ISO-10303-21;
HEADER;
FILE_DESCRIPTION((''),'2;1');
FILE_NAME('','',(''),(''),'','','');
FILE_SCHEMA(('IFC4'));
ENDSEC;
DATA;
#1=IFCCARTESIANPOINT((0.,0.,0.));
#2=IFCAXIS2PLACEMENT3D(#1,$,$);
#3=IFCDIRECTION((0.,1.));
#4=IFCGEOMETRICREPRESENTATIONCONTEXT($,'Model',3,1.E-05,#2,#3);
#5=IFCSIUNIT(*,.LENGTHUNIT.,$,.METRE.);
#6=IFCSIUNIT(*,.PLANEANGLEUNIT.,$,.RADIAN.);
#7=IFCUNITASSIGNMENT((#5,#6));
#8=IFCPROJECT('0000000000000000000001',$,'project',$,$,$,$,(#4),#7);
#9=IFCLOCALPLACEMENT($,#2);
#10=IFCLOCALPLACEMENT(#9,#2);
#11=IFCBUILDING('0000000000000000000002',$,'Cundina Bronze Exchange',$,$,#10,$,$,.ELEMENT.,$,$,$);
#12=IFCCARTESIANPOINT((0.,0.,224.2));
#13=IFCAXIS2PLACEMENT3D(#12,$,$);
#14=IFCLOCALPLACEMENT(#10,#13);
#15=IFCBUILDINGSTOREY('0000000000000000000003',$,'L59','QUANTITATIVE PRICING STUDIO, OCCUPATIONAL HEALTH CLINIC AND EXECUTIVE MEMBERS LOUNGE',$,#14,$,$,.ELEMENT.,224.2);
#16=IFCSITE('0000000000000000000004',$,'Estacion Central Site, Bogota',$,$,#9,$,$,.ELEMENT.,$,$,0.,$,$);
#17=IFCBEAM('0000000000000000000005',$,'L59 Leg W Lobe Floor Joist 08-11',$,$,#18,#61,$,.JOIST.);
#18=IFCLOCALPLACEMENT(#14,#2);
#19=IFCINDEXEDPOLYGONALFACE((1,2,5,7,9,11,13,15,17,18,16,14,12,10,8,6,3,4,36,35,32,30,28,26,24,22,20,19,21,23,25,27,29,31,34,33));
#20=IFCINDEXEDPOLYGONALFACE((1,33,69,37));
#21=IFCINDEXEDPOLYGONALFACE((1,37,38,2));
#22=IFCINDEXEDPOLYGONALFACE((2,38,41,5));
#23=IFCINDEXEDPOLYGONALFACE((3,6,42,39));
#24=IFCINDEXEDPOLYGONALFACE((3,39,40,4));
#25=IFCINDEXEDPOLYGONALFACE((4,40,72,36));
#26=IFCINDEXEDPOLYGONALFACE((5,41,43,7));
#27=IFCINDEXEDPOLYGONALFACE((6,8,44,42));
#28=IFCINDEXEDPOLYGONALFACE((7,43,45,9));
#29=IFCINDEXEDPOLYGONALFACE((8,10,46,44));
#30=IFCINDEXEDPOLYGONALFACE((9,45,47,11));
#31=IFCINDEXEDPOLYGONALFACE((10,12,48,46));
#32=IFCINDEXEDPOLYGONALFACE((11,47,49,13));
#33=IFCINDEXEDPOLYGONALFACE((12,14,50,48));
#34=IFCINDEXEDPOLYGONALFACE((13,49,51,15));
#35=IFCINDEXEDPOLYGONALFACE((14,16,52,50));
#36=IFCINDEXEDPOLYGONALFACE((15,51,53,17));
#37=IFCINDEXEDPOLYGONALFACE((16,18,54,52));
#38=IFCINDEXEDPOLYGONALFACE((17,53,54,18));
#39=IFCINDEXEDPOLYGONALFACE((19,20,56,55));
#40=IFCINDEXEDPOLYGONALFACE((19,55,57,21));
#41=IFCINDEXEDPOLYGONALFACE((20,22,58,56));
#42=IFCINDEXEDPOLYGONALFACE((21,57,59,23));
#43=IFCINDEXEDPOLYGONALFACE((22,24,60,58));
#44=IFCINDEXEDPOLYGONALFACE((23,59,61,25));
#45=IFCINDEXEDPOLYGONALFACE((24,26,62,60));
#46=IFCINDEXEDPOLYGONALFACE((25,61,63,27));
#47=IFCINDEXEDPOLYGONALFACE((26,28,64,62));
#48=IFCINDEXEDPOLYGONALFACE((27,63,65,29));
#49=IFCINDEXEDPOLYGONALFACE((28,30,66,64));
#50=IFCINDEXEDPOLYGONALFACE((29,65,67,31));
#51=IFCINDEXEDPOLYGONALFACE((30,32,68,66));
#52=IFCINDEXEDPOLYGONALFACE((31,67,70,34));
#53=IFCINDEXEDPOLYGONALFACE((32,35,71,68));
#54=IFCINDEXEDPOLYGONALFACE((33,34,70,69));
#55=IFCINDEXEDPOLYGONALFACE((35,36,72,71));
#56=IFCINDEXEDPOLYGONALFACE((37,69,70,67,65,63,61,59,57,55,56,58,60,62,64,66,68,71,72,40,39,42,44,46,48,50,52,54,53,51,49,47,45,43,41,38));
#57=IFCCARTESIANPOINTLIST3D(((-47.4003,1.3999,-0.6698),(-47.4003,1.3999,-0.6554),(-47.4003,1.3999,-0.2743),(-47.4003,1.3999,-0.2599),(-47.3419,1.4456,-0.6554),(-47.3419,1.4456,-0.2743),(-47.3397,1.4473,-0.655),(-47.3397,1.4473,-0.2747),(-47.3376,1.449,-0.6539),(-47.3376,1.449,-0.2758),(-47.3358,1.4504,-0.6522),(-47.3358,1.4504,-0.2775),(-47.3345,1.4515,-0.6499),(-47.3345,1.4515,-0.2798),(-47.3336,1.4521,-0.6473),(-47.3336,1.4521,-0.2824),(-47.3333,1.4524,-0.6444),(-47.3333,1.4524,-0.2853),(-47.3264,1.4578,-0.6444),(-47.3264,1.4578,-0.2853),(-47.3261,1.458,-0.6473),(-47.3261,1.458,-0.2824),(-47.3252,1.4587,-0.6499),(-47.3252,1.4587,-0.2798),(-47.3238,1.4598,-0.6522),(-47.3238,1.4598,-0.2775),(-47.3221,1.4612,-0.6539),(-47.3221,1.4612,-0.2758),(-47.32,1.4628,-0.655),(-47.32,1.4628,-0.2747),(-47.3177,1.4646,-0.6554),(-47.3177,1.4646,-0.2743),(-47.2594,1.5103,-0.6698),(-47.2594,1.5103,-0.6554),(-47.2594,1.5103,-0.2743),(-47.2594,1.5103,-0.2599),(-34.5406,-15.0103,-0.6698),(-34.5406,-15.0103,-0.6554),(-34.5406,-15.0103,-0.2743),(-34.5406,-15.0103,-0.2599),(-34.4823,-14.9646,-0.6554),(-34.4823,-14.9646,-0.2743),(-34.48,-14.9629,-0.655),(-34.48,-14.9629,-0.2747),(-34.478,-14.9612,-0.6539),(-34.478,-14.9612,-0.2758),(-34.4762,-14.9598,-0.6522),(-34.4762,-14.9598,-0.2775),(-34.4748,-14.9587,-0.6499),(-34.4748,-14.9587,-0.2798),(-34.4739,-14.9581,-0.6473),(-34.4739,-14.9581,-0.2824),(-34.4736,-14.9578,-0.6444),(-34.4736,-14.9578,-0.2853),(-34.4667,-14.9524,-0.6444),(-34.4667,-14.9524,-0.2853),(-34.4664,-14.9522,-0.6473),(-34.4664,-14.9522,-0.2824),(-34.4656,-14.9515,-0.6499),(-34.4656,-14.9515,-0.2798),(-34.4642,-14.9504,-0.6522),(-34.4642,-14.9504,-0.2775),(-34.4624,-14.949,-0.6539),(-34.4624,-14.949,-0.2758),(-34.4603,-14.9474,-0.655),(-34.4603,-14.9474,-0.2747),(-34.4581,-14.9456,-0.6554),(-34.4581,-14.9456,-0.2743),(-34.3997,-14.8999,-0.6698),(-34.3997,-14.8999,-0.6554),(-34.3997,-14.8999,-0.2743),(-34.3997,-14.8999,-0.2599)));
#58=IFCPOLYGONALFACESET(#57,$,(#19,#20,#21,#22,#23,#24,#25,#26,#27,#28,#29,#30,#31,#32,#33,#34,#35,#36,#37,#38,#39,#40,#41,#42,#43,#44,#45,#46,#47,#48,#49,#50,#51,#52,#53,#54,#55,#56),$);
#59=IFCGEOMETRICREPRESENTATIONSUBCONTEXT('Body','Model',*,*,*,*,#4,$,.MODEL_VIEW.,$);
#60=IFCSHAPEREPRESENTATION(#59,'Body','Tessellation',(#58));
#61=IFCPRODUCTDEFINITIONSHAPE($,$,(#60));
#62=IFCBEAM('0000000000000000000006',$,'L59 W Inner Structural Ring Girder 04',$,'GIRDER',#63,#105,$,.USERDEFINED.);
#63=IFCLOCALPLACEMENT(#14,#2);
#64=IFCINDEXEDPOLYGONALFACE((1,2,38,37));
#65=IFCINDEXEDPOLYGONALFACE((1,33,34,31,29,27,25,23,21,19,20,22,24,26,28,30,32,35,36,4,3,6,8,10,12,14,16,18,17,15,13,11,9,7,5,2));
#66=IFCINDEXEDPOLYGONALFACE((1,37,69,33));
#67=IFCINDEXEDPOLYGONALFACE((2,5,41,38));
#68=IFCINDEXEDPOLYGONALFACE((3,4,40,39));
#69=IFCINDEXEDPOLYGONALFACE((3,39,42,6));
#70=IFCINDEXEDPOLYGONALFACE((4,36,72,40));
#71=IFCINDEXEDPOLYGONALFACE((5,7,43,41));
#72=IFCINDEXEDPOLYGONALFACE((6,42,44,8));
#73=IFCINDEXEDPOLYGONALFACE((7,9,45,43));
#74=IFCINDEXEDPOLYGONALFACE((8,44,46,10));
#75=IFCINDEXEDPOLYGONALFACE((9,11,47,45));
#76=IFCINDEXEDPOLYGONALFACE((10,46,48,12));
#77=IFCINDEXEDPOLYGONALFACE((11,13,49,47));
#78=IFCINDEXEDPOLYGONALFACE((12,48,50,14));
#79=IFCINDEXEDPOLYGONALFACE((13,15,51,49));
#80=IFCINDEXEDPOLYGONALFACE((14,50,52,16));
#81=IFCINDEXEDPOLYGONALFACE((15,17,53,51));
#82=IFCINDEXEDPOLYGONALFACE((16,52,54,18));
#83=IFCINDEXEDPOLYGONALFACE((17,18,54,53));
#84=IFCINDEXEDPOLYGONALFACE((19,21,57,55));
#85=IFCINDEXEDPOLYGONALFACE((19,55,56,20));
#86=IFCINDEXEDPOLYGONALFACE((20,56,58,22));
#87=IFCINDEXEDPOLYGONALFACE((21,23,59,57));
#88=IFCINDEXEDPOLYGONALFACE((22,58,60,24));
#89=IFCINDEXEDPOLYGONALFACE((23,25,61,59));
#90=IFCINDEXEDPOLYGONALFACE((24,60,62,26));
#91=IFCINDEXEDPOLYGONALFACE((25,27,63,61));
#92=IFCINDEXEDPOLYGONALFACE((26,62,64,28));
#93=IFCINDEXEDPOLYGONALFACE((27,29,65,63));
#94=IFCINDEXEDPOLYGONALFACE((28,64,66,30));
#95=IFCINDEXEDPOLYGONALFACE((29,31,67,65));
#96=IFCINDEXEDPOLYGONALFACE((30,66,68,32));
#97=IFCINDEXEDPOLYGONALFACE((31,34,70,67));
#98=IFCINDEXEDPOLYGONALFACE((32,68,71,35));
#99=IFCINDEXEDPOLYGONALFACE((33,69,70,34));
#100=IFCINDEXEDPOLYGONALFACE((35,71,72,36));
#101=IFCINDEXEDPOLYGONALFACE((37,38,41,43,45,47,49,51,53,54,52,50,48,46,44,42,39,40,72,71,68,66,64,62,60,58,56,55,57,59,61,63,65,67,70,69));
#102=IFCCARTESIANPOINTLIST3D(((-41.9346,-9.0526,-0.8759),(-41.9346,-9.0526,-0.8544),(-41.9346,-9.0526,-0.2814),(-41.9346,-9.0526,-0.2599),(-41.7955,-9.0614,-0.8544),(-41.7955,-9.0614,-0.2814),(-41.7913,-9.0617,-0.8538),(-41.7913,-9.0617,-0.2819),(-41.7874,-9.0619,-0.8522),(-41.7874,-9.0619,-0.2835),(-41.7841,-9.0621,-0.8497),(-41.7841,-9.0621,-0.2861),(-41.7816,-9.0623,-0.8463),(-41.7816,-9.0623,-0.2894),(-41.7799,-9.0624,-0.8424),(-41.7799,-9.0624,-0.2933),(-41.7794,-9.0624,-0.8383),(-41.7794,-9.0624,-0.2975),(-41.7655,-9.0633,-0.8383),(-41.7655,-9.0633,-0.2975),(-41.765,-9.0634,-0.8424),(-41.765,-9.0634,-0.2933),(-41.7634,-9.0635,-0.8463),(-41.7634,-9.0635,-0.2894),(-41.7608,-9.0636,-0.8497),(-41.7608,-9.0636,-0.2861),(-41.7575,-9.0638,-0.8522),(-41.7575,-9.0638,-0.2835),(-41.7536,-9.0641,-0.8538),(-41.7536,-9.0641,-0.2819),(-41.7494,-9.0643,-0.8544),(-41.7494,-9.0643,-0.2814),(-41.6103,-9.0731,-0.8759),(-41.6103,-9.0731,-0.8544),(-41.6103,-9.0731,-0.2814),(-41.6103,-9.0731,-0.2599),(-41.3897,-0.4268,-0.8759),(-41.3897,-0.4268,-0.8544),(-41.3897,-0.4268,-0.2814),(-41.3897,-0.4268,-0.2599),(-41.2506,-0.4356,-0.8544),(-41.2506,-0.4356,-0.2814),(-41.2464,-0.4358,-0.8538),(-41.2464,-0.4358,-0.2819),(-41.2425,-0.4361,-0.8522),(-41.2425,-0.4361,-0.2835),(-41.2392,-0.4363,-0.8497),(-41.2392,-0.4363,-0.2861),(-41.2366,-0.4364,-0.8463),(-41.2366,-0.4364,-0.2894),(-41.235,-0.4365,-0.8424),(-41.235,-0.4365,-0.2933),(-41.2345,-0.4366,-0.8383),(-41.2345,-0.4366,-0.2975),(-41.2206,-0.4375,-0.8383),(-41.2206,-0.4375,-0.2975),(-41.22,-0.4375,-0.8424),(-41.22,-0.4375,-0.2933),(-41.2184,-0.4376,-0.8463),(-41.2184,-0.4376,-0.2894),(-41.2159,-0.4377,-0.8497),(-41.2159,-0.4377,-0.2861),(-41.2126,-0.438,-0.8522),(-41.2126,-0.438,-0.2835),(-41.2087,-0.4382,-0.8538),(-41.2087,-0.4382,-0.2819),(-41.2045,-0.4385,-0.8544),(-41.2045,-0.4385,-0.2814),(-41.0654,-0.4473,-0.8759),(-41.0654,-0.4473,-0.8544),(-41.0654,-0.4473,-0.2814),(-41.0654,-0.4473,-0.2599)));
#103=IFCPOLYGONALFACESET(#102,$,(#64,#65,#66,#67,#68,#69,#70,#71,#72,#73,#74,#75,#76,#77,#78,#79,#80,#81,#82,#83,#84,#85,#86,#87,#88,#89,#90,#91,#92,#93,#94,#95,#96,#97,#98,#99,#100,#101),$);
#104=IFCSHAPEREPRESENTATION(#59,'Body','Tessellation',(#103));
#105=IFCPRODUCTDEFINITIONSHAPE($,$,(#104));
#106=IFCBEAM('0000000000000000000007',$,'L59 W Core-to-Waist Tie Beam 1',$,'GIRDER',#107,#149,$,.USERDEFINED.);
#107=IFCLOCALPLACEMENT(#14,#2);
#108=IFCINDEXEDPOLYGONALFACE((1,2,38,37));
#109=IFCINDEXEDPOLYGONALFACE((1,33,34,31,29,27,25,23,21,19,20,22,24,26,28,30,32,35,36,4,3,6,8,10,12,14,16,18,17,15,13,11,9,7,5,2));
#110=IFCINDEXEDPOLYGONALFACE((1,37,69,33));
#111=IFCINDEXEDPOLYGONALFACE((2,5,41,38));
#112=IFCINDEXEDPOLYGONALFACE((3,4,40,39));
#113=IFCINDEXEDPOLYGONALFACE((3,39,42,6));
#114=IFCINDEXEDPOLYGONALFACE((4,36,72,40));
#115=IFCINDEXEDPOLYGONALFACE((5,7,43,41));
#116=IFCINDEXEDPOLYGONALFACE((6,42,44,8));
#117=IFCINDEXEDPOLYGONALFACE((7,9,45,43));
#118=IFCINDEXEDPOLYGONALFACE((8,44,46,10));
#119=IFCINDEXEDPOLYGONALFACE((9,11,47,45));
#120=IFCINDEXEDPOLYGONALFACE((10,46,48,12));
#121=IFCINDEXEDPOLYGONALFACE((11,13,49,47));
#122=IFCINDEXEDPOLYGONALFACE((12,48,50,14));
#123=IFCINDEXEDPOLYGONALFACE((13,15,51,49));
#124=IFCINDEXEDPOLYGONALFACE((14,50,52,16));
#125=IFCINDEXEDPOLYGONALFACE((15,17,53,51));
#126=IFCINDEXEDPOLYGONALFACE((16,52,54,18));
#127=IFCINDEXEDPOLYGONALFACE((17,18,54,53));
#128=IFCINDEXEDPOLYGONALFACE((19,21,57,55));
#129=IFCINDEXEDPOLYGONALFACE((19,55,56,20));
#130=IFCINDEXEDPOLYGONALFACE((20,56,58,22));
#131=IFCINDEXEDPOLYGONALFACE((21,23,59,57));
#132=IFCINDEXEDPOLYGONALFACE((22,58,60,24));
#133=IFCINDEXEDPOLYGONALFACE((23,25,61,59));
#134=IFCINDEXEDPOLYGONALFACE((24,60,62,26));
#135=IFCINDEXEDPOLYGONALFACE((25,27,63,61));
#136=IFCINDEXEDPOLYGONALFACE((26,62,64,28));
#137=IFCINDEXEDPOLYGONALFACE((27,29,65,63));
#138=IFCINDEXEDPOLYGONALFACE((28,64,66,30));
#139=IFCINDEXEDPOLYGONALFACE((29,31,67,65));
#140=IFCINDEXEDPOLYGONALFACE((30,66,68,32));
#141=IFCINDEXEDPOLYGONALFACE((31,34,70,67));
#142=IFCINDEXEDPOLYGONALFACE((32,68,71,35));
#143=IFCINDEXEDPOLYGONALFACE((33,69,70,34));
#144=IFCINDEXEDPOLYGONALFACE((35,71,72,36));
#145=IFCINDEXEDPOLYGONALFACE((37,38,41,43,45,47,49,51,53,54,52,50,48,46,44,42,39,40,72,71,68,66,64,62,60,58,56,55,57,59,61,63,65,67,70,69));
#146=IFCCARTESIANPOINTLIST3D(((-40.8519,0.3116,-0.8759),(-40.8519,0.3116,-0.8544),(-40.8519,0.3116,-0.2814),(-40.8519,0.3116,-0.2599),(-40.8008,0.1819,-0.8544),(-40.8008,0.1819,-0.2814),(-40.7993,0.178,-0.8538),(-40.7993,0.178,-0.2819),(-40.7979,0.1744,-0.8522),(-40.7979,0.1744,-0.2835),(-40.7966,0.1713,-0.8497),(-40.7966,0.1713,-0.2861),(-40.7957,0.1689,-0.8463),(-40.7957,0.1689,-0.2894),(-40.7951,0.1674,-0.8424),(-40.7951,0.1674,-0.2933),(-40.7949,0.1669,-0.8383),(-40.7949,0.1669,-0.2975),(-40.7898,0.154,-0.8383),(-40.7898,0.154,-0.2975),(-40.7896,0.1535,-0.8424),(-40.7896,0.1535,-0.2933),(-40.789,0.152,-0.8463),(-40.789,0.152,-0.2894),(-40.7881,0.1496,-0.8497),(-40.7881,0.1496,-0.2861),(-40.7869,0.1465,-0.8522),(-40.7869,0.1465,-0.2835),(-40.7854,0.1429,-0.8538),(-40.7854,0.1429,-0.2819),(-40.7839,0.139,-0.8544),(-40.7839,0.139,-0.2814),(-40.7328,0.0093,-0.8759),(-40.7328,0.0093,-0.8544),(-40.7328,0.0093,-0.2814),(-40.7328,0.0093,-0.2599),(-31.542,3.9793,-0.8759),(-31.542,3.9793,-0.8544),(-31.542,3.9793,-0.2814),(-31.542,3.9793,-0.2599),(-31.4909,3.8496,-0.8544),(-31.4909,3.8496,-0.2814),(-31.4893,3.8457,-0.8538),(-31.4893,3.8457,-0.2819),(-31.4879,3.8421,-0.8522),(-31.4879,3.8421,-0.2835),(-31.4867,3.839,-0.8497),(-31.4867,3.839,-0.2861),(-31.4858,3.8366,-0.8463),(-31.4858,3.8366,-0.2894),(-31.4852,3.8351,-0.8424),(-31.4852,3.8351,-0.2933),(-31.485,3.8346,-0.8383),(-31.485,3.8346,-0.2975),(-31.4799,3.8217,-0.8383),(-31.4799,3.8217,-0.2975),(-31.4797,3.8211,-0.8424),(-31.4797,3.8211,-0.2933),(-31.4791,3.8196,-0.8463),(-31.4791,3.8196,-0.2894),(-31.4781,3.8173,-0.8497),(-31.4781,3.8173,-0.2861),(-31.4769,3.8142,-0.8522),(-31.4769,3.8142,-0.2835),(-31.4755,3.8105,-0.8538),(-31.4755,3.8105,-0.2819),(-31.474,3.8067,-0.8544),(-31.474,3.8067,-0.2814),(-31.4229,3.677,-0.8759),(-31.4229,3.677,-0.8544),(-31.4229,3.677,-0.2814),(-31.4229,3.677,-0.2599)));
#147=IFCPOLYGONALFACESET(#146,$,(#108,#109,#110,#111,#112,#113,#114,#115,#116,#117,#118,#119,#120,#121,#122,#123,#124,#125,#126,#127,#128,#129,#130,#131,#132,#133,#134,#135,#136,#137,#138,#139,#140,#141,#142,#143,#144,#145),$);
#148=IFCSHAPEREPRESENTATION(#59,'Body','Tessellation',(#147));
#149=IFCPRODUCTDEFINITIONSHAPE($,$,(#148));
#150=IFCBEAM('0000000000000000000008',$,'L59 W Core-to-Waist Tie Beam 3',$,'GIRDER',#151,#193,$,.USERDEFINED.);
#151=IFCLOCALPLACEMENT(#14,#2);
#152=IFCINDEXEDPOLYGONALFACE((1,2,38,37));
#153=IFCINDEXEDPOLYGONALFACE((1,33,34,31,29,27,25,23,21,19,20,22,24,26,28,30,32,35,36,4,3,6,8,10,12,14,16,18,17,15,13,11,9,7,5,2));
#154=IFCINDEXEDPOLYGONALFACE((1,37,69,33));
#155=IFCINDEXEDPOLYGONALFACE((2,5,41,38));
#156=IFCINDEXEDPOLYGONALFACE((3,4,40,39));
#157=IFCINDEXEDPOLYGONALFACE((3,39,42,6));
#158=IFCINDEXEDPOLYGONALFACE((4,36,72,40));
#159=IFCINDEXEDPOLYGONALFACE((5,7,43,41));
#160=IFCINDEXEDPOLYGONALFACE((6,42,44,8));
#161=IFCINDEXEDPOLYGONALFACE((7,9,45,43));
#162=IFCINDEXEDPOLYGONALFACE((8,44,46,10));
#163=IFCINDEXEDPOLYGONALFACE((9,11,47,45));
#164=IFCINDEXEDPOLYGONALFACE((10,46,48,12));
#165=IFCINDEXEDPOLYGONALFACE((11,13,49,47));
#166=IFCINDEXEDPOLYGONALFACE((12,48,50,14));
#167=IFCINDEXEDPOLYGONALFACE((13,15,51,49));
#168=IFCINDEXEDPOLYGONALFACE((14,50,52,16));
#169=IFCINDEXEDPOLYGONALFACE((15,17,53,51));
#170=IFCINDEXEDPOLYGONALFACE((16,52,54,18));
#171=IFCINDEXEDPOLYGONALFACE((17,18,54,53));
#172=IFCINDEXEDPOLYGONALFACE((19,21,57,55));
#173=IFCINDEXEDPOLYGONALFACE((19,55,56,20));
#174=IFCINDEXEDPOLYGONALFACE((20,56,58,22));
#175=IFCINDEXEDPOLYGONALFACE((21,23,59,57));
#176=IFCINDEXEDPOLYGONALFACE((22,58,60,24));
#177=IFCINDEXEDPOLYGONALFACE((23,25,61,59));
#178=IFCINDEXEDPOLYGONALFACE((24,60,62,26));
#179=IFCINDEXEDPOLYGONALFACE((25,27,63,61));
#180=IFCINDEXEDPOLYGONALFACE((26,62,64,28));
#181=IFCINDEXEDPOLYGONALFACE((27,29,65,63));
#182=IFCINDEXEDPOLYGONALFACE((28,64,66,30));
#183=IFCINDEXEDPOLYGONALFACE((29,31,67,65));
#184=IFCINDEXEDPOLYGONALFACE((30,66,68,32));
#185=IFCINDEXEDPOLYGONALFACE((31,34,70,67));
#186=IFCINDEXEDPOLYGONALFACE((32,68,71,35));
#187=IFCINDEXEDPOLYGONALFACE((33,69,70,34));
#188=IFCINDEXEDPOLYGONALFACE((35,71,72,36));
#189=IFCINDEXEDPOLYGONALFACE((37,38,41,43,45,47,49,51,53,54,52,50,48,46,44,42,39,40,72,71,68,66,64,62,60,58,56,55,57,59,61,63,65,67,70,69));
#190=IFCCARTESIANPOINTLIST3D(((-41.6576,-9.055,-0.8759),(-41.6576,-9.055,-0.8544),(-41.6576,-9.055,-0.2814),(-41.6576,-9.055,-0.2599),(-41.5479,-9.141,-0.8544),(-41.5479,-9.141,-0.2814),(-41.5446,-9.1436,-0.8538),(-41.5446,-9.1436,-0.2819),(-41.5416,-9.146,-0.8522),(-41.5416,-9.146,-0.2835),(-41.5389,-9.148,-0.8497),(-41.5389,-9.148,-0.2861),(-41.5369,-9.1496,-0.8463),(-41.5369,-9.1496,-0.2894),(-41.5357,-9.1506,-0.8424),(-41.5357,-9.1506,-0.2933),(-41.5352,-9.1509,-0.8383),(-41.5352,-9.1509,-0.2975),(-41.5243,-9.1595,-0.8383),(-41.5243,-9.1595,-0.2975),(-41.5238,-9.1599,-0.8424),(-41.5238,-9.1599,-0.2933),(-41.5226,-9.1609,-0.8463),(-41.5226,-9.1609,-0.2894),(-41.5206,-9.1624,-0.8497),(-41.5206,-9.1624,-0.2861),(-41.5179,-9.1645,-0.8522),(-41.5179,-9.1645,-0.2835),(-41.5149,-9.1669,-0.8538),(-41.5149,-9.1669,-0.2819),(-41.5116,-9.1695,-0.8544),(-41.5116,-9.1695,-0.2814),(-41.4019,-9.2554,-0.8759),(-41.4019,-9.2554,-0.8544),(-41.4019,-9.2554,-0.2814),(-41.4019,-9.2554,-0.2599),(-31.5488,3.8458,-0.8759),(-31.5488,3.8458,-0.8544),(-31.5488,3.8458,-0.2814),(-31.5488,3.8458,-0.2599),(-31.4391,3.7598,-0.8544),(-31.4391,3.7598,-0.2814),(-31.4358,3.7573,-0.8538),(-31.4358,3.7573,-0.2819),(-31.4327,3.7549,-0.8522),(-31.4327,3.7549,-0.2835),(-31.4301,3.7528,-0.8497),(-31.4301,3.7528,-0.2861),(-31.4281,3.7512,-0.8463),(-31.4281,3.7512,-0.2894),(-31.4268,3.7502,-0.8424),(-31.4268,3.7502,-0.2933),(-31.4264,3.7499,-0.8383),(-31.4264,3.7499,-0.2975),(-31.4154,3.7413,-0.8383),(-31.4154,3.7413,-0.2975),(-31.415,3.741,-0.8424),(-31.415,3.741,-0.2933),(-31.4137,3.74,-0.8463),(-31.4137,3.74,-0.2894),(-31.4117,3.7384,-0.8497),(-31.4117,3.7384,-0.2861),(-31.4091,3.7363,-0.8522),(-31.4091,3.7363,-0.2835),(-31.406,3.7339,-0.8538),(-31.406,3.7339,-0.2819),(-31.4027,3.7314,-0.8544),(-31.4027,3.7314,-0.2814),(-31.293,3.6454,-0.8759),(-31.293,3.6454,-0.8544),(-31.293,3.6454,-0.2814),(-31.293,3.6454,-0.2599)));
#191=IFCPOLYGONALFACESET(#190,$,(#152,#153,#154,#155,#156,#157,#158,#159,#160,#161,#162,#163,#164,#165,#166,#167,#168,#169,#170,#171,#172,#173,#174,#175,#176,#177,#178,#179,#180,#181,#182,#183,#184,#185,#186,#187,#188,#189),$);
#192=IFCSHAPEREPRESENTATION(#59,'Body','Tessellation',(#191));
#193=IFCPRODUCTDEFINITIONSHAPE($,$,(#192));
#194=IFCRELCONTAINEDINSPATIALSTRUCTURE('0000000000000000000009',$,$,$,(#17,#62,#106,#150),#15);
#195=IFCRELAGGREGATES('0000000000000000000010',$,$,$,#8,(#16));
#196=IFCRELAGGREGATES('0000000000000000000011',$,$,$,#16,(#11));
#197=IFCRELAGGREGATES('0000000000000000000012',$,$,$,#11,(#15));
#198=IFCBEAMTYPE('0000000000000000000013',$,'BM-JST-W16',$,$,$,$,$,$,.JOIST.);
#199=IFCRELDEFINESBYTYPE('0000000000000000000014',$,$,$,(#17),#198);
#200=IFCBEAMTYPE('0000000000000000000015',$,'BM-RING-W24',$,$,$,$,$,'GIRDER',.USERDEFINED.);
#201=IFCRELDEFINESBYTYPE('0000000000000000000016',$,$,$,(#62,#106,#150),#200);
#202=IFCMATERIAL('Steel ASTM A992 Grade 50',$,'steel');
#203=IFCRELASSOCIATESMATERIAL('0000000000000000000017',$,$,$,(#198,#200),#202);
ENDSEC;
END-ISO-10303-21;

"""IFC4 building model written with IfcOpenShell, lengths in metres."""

from ifc_helpers import new_model, si_unit, direction, frame, origin, origin_2d, place, context, subcontext, project, spatial, i_section, extrude, material, material_profile, profile_set, type_object, element, save


model = new_model("IFC4")

# Units and contexts
model_context = context("Model", 3, precision=1e-05, world=origin(), true_north=direction((0.0, 1.0)))
body_context = subcontext(model_context, "Body", "Model", "MODEL_VIEW")
ifc_project = project(units=[si_unit("LENGTHUNIT", "METRE"), si_unit("PLANEANGLEUNIT", "RADIAN")], contexts=[model_context])

# Site, building, storey
site_placement = place(None, origin())
site = spatial("IfcSite", under=ifc_project, at=site_placement, Name="Estacion Central Site, Bogota", CompositionType="ELEMENT", RefElevation=0.0)
building_placement = place(site_placement, origin())
building = spatial("IfcBuilding", under=site, at=building_placement, Name="Cundina Bronze Exchange", CompositionType="ELEMENT")
storey_placement = place(building_placement, frame((0.0, 0.0, 224.2)))
storey = spatial("IfcBuildingStorey", under=building, at=storey_placement, Name="L59", Description="QUANTITATIVE PRICING STUDIO, OCCUPATIONAL HEALTH CLINIC AND EXECUTIVE MEMBERS LOUNGE", CompositionType="ELEMENT", Elevation=224.2)

# Shared definitions
ifc_material_1 = material(Name="Steel ASTM A992 Grade 50", Category="steel")

# Beams
ifc_material_profile_1 = material_profile(ifc_material_1, i_section(OverallWidth=0.179, OverallDepth=0.4099, WebThickness=0.0088, FlangeThickness=0.0144, FilletRadius=0.011, at=origin_2d()), Name="W16X45", Category="steel")
ifc_profile_set_1 = profile_set([ifc_material_profile_1], Name="Steel ASTM A992 Grade 50")
beam_type_1 = type_object("IfcBeamType", Name="BM-JST-W16", PredefinedType="JOIST", material=ifc_profile_set_1)
beam_1_placement = place(storey_placement, frame((-47.3298, 1.4551, -0.4648), z_axis=(0.61681, -0.787112, 0.0), x_axis=(0.787112, 0.61681, 0.0)))
element("IfcBeam", 1, at=beam_1_placement, inside=storey, type_object=beam_type_1, Name="L59 Leg W Lobe Floor Joist 08-11", PredefinedType="JOIST", context=body_context, shape_type="SweptSolid", body=[
    extrude(i_section(OverallWidth=0.179, OverallDepth=0.4099, WebThickness=0.0088, FlangeThickness=0.0144, FilletRadius=0.011, at=origin_2d()), origin(), (0.0, 0.0, 1.0), 20.8486),
])
ifc_material_profile_2 = material_profile(ifc_material_1, i_section(OverallWidth=0.325, OverallDepth=0.616, WebThickness=0.0139, FlangeThickness=0.0215, FilletRadius=0.0161, at=origin_2d()), Name="W24X117", Category="steel")
ifc_profile_set_2 = profile_set([ifc_material_profile_2], Name="Steel ASTM A992 Grade 50")
beam_type_2 = type_object("IfcBeamType", Name="BM-RING-W24", ElementType="GIRDER", PredefinedType="USERDEFINED", material=ifc_profile_set_2)
beam_2_placement = place(storey_placement, frame((-41.2275, -0.437, -0.5679), z_axis=(-0.063047, -0.998011, 0.0), x_axis=(0.998011, -0.063047, 0.0)))
element("IfcBeam", 2, at=beam_2_placement, inside=storey, type_object=beam_type_2, Name="L59 W Inner Structural Ring Girder 04", ObjectType="GIRDER", PredefinedType="USERDEFINED", context=body_context, shape_type="SweptSolid", body=[
    extrude(i_section(OverallWidth=0.325, OverallDepth=0.616, WebThickness=0.0139, FlangeThickness=0.0215, FilletRadius=0.0161, at=origin_2d()), origin(), (0.0, 0.0, 1.0), 8.6431),
])
beam_3_placement = place(storey_placement, frame((-31.4824, 3.8281, -0.5679), z_axis=(-0.930404, -0.366535, 0.0), x_axis=(0.366535, -0.930404, 0.0)))
element("IfcBeam", 3, at=beam_3_placement, inside=storey, type_object=beam_type_2, Name="L59 W Core-to-Waist Tie Beam 1", ObjectType="GIRDER", PredefinedType="USERDEFINED", context=body_context, shape_type="SweptSolid", body=[
    extrude(i_section(OverallWidth=0.325, OverallDepth=0.616, WebThickness=0.0139, FlangeThickness=0.0215, FilletRadius=0.0161, at=origin_2d()), origin(), (0.0, 0.0, 1.0), 10.0063),
])
beam_4_placement = place(storey_placement, frame((-31.4209, 3.7456, -0.5679), z_axis=(-0.616783, -0.787133, 0.0), x_axis=(0.787133, -0.616783, 0.0)))
element("IfcBeam", 4, at=beam_4_placement, inside=storey, type_object=beam_type_2, Name="L59 W Core-to-Waist Tie Beam 3", ObjectType="GIRDER", PredefinedType="USERDEFINED", context=body_context, shape_type="SweptSolid", body=[
    extrude(i_section(OverallWidth=0.325, OverallDepth=0.616, WebThickness=0.0139, FlangeThickness=0.0215, FilletRadius=0.0161, at=origin_2d()), origin(), (0.0, 0.0, 1.0), 16.3896),
])

save(model, "model.ifc")
